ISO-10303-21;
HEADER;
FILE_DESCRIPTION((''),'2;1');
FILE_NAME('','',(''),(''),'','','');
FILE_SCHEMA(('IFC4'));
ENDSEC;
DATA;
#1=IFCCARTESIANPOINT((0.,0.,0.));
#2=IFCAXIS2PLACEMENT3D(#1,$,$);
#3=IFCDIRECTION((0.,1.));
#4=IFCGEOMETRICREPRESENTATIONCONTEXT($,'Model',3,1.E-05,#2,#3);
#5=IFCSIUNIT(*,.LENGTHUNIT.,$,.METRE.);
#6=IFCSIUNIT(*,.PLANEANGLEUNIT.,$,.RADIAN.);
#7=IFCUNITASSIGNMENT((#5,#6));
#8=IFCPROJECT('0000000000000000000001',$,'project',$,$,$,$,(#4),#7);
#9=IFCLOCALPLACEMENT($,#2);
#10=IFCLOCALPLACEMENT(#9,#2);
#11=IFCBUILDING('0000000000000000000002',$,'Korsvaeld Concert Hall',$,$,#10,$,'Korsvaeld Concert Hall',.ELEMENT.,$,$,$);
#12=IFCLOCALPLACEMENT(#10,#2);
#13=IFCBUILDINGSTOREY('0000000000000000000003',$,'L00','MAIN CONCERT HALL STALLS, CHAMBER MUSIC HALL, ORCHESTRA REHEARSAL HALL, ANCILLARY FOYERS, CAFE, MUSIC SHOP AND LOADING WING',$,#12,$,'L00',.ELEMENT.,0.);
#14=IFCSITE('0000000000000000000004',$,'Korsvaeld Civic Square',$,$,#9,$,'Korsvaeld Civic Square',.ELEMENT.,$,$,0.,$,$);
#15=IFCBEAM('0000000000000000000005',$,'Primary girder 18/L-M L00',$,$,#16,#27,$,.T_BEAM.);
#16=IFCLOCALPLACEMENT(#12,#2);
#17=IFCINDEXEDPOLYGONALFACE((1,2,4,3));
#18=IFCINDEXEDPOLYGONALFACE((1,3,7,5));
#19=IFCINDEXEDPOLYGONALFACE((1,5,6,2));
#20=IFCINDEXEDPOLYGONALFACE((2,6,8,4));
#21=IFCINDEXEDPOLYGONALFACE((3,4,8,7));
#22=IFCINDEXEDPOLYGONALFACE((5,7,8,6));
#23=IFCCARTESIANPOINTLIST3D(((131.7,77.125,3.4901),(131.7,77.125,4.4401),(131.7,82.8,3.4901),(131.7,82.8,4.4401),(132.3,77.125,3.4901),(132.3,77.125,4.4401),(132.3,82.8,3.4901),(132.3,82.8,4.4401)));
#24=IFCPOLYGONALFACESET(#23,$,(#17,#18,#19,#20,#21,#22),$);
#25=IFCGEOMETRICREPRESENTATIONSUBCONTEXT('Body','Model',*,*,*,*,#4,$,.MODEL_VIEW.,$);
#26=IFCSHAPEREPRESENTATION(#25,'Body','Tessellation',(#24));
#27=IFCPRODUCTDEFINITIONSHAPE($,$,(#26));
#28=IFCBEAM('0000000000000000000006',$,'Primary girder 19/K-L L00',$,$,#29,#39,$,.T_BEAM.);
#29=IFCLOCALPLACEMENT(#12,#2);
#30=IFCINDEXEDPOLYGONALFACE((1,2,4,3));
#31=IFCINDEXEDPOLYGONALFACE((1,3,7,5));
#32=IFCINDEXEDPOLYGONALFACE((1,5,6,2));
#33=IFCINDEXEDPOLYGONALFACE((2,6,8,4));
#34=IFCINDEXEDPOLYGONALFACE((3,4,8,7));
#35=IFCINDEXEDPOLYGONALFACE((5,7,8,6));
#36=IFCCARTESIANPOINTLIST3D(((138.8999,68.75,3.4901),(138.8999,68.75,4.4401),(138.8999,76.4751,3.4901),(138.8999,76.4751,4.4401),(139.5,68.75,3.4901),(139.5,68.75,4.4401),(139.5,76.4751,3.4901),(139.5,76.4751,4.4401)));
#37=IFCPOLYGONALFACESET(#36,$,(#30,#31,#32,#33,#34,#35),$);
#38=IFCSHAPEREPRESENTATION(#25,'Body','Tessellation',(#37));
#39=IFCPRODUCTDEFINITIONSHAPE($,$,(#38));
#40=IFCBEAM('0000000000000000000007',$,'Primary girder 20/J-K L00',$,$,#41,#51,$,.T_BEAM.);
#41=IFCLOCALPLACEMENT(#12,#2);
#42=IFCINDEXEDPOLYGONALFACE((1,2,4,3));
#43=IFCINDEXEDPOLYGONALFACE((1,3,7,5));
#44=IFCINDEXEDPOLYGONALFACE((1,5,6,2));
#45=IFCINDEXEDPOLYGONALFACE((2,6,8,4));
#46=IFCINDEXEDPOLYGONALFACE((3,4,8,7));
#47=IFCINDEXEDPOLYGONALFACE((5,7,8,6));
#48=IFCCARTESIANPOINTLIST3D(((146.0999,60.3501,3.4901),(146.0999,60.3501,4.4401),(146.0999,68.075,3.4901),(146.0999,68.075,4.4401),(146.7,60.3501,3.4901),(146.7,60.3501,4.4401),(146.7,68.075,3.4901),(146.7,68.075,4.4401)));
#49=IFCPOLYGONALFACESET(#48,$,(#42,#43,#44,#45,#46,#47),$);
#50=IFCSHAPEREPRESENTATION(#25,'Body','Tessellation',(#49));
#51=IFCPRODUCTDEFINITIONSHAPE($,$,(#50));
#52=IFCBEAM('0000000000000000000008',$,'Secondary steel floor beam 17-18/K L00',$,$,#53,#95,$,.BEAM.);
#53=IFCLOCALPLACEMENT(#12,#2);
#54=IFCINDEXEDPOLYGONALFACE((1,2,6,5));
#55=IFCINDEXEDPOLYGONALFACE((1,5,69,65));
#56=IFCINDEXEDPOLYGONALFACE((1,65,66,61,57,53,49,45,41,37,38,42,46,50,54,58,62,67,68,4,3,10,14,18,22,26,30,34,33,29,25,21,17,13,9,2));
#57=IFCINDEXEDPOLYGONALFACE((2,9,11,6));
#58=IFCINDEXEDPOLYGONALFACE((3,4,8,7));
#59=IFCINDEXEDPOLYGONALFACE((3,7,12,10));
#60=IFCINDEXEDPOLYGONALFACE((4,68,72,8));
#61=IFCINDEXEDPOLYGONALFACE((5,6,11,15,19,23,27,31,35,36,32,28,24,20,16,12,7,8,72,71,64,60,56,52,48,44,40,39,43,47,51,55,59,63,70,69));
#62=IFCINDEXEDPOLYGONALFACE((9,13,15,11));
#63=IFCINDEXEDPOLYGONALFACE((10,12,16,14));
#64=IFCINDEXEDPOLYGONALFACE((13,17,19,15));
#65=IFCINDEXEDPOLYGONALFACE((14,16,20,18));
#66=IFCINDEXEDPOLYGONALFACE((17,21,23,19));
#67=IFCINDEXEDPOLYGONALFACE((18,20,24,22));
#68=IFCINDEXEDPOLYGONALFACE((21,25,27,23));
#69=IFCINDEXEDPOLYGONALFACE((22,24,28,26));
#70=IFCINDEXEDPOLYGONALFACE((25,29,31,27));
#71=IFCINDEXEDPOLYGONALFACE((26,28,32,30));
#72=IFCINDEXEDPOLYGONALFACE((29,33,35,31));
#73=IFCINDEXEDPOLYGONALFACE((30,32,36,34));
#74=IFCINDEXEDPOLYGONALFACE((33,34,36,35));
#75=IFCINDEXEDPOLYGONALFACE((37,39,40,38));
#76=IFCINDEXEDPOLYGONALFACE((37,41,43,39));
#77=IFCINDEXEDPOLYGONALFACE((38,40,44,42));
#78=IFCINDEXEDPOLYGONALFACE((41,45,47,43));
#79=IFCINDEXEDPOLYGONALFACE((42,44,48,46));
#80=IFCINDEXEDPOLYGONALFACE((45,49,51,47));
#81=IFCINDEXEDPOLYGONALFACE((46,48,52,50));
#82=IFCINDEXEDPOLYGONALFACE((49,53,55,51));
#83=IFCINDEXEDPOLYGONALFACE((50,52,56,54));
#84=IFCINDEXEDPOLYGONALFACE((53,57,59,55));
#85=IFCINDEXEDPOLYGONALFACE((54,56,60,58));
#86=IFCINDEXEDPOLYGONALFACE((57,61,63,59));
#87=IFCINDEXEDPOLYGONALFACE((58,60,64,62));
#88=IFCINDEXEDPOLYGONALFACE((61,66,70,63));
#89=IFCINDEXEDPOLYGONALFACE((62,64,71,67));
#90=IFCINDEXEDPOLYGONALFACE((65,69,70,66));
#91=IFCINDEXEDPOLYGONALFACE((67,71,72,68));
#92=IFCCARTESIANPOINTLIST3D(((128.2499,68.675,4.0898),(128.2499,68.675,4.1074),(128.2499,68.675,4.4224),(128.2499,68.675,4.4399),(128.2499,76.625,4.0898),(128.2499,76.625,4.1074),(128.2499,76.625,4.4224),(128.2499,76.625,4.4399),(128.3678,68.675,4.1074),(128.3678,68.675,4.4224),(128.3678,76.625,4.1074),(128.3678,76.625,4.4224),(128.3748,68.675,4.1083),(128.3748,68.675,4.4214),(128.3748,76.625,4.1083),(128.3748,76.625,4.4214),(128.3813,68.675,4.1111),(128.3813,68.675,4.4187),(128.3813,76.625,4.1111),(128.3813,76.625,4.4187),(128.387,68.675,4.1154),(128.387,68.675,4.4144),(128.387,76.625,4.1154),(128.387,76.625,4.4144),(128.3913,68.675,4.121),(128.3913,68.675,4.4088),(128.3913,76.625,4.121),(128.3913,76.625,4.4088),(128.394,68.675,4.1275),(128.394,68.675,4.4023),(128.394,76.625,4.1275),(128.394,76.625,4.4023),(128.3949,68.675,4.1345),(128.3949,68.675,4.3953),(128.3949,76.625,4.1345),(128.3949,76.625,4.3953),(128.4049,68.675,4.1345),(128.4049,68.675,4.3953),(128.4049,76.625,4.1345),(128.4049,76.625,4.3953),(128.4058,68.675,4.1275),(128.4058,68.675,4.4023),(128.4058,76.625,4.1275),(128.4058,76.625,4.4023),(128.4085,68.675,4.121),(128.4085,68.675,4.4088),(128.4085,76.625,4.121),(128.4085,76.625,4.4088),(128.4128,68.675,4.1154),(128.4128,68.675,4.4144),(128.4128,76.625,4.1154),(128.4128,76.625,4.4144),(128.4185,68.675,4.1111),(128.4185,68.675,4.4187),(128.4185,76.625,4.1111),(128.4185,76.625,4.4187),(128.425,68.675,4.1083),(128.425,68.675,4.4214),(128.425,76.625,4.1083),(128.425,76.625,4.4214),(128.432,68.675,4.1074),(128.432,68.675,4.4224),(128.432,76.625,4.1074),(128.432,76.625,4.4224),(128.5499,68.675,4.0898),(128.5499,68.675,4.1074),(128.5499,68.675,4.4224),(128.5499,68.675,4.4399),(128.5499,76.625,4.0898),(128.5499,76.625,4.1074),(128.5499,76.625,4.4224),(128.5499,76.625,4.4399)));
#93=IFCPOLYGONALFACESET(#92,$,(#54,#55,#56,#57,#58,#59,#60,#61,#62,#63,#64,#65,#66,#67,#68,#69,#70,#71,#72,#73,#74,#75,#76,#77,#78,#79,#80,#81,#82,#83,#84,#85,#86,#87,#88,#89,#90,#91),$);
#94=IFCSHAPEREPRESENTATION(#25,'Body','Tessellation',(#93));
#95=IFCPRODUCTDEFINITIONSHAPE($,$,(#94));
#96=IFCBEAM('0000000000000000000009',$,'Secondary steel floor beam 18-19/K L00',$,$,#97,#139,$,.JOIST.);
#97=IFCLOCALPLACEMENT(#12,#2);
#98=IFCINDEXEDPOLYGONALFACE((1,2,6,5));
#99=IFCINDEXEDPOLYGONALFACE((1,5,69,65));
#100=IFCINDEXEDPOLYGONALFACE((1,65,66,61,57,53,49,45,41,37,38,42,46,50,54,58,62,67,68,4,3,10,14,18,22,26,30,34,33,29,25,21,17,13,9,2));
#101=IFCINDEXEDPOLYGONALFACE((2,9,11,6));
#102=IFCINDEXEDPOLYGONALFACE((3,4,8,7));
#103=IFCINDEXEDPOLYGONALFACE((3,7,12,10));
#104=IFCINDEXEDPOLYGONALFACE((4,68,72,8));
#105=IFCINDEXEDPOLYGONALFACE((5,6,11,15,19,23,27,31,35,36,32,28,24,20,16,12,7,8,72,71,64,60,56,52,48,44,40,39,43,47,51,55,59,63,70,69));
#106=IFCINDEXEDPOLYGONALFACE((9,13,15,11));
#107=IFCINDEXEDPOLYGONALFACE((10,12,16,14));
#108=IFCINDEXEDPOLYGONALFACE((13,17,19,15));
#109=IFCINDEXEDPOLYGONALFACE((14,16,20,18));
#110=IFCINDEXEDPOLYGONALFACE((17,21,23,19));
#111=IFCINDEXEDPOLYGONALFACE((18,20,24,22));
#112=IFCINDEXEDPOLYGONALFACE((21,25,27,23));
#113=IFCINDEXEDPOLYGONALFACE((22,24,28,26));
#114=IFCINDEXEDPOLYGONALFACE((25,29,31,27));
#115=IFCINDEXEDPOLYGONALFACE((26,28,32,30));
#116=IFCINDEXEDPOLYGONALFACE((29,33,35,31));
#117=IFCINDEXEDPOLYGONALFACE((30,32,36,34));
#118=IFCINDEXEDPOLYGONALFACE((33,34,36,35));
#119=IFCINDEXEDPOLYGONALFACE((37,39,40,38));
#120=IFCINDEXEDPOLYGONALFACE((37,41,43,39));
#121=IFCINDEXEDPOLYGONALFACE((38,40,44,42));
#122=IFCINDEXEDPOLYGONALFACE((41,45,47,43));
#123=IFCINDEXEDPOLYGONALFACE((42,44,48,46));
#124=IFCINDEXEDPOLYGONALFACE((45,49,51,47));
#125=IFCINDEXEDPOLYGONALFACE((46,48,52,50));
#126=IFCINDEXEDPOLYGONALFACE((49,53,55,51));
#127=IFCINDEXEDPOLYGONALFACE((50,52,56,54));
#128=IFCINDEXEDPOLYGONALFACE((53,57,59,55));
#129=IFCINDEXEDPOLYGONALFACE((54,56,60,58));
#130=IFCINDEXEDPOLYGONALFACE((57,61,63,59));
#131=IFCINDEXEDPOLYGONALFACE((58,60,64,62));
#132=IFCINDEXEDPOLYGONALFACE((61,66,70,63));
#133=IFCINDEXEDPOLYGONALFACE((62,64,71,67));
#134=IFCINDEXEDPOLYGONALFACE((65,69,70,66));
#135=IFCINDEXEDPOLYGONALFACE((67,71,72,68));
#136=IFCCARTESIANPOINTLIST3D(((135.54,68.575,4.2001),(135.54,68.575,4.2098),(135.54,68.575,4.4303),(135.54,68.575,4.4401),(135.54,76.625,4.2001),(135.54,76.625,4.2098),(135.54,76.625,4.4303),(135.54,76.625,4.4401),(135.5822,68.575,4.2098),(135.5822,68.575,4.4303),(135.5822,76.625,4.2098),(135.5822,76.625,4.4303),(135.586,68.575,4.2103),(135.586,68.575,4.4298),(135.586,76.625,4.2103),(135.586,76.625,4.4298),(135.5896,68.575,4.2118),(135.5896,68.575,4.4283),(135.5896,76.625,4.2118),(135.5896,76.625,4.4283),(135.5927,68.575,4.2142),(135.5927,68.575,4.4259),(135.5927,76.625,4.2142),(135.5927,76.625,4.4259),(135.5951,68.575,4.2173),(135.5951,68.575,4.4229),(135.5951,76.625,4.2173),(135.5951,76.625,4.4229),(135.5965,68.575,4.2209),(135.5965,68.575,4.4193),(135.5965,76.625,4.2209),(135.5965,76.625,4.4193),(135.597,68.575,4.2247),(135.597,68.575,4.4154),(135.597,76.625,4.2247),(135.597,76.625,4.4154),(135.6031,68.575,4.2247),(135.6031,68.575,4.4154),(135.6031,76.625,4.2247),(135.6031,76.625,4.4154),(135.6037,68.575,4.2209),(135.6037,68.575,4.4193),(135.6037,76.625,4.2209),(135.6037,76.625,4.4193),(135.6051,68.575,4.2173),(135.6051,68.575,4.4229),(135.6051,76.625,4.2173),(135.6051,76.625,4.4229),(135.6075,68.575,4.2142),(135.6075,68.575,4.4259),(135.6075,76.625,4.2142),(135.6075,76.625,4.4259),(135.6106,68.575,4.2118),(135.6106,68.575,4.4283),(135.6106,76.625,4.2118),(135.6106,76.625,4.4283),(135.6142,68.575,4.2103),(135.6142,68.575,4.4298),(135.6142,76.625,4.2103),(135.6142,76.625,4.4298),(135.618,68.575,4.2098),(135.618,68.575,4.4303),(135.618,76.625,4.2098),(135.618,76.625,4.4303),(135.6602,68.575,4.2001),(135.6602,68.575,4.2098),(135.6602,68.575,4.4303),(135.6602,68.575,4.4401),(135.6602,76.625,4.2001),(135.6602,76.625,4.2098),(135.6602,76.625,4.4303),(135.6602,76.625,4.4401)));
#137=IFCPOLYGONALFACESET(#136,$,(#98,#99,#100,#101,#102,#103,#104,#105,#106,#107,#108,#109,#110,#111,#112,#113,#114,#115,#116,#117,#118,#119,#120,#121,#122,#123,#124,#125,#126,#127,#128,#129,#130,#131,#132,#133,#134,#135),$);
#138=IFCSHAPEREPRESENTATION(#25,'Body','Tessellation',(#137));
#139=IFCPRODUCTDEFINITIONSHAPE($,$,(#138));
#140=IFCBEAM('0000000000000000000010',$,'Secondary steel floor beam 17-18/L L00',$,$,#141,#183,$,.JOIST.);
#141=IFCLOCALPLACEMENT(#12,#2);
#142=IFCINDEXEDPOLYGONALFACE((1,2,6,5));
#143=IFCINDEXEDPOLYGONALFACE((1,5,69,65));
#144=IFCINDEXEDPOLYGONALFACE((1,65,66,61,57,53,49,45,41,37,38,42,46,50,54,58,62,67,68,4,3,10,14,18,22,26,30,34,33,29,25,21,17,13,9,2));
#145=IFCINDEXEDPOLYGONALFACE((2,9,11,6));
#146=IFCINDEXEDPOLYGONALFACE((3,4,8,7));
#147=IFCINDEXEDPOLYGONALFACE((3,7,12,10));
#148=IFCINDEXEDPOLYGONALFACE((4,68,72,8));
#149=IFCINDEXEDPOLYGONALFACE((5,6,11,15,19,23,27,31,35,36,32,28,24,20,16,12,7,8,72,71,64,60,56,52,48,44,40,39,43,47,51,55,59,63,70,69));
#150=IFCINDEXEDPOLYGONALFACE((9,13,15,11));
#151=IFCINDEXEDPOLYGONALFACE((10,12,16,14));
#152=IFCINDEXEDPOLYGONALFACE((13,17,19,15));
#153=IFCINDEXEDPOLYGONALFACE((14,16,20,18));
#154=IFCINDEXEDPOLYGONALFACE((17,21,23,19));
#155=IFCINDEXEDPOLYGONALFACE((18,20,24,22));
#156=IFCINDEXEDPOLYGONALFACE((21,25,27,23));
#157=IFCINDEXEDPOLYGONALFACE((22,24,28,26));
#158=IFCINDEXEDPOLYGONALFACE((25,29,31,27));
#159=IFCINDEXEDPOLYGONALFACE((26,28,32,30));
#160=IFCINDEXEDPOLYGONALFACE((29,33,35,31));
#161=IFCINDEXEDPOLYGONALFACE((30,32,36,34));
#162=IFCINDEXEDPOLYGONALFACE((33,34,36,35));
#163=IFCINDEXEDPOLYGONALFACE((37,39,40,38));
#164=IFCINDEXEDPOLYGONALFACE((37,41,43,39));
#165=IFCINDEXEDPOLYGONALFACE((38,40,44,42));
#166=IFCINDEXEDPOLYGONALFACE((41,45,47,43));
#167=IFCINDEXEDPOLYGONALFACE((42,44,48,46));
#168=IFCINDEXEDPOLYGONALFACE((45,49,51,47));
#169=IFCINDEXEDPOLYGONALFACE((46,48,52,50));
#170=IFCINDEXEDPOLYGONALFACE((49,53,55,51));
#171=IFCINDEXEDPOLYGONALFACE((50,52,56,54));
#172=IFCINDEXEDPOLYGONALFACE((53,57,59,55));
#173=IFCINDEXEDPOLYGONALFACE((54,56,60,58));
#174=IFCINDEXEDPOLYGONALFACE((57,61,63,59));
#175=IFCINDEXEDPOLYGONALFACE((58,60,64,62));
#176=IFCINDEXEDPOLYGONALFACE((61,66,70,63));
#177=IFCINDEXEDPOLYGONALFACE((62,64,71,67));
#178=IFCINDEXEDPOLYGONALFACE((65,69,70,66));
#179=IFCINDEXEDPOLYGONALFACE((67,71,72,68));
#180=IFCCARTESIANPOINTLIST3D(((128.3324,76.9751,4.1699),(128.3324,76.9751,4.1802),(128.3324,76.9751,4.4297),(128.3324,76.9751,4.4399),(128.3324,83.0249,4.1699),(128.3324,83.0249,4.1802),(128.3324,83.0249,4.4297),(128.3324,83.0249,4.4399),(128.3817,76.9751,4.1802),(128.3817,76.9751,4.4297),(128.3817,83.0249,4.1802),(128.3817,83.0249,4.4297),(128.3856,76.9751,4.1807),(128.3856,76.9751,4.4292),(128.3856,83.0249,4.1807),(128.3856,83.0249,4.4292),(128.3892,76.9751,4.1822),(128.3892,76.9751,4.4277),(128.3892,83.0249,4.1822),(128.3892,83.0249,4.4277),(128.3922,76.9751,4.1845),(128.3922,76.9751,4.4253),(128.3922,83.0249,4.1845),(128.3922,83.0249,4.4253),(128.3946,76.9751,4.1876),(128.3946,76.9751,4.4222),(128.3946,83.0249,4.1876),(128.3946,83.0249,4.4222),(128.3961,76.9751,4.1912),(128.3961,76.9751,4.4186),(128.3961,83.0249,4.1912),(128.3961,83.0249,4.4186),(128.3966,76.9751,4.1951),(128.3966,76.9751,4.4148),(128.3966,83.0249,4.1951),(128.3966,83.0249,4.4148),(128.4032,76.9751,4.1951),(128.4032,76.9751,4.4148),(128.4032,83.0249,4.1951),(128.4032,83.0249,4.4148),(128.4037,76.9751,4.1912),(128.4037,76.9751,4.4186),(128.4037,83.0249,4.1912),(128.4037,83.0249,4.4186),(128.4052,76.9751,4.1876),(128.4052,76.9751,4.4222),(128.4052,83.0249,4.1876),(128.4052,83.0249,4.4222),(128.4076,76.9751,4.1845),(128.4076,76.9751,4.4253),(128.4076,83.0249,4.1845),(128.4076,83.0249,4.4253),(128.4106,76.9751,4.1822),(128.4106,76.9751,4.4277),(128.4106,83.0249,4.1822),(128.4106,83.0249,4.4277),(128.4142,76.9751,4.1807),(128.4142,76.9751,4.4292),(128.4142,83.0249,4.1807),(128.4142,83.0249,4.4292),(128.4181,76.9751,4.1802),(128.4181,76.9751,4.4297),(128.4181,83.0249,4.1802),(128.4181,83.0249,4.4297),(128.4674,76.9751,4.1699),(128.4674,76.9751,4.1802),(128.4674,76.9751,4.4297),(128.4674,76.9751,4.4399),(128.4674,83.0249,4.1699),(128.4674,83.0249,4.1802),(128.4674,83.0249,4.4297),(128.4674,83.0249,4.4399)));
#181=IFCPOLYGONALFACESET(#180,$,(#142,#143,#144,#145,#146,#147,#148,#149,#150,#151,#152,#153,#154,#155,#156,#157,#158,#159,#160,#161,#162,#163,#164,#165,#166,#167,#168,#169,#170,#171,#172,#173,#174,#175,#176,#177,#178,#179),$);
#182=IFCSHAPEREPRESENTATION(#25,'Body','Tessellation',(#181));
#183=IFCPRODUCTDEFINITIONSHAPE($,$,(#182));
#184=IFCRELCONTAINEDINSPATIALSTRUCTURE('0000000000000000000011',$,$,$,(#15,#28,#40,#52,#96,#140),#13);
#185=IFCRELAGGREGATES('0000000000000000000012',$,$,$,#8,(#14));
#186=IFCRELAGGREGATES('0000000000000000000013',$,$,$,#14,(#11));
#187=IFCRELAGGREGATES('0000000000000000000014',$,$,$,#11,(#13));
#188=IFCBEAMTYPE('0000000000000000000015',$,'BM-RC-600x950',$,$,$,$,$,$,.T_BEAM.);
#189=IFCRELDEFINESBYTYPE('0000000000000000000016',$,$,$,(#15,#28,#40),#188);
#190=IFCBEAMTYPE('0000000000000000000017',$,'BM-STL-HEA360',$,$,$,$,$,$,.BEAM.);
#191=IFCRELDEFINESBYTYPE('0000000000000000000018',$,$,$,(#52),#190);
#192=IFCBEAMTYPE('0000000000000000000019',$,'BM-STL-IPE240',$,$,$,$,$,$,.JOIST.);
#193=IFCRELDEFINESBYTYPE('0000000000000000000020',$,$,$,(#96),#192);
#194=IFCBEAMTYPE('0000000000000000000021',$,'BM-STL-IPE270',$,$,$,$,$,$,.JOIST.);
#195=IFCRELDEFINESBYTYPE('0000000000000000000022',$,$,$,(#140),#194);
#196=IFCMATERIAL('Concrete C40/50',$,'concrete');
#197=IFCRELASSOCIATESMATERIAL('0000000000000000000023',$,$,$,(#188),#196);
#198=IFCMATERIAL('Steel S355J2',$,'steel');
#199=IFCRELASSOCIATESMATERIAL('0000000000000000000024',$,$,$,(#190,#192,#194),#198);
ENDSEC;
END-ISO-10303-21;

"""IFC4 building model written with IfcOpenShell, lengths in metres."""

from ifc_helpers import new_model, si_unit, direction, frame, origin, origin_2d, place, context, subcontext, project, spatial, rectangle, i_section, extrude, material, material_profile, profile_set, type_object, element, save


model = new_model("IFC4")

# Units and contexts
model_context = context("Model", 3, precision=1e-05, world=origin(), true_north=direction((0.0, 1.0)))
body_context = subcontext(model_context, "Body", "Model", "MODEL_VIEW")
ifc_project = project(units=[si_unit("LENGTHUNIT", "METRE"), si_unit("PLANEANGLEUNIT", "RADIAN")], contexts=[model_context])

# Site, building, storey
site_placement = place(None, origin())
site = spatial("IfcSite", under=ifc_project, at=site_placement, Name="Korsvaeld Civic Square", LongName="Korsvaeld Civic Square", CompositionType="ELEMENT", RefElevation=0.0)
building_placement = place(site_placement, origin())
building = spatial("IfcBuilding", under=site, at=building_placement, Name="Korsvaeld Concert Hall", LongName="Korsvaeld Concert Hall", CompositionType="ELEMENT")
storey_placement = place(building_placement, origin())
storey = spatial("IfcBuildingStorey", under=building, at=storey_placement, Name="L00", Description="MAIN CONCERT HALL STALLS, CHAMBER MUSIC HALL, ORCHESTRA REHEARSAL HALL, ANCILLARY FOYERS, CAFE, MUSIC SHOP AND LOADING WING", LongName="L00", CompositionType="ELEMENT", Elevation=0.0)

# Shared definitions
ifc_material_1 = material(Name="Concrete C40/50", Category="concrete")

# Beams
ifc_material_profile_1 = material_profile(ifc_material_1, rectangle(XDim=0.6001, YDim=0.95, at=origin_2d()), Name="RC 600x950")
ifc_profile_set_1 = profile_set([ifc_material_profile_1], Name="Concrete C40/50")
beam_type_1 = type_object("IfcBeamType", Name="BM-RC-600x950", PredefinedType="T_BEAM", material=ifc_profile_set_1)
beam_1_placement = place(storey_placement, frame((132.0, 77.125, 3.9651), z_axis=(0.0, 1.0, 0.0), x_axis=(-1.0, 0.0, 0.0)))
element("IfcBeam", 1, at=beam_1_placement, inside=storey, type_object=beam_type_1, Name="Primary girder 18/L-M L00", PredefinedType="T_BEAM", context=body_context, shape_type="SweptSolid", body=[
    extrude(rectangle(XDim=0.6001, YDim=0.95, at=origin_2d()), origin(), (0.0, 0.0, 1.0), 5.675),
])
beam_2_placement = place(storey_placement, frame((139.2, 68.75, 3.9651), z_axis=(0.0, 1.0, 0.0), x_axis=(-1.0, 0.0, 0.0)))
element("IfcBeam", 2, at=beam_2_placement, inside=storey, type_object=beam_type_1, Name="Primary girder 19/K-L L00", PredefinedType="T_BEAM", context=body_context, shape_type="SweptSolid", body=[
    extrude(rectangle(XDim=0.6001, YDim=0.95, at=origin_2d()), origin(), (0.0, 0.0, 1.0), 7.7251),
])
beam_3_placement = place(storey_placement, frame((146.3999, 60.3501, 3.9651), z_axis=(0.0, 1.0, 0.0), x_axis=(-1.0, 0.0, 0.0)))
element("IfcBeam", 3, at=beam_3_placement, inside=storey, type_object=beam_type_1, Name="Primary girder 20/J-K L00", PredefinedType="T_BEAM", context=body_context, shape_type="SweptSolid", body=[
    extrude(rectangle(XDim=0.6001, YDim=0.95, at=origin_2d()), origin(), (0.0, 0.0, 1.0), 7.7249),
])
ifc_material_2 = material(Name="Steel S355J2", Category="steel")
ifc_material_profile_2 = material_profile(ifc_material_2, i_section(OverallWidth=0.3, OverallDepth=0.3501, WebThickness=0.01, FlangeThickness=0.0176, FilletRadius=0.0271, at=origin_2d()), Name="HEA 360")
ifc_profile_set_2 = profile_set([ifc_material_profile_2], Name="Steel S355J2")
beam_type_2 = type_object("IfcBeamType", Name="BM-STL-HEA360", PredefinedType="BEAM", material=ifc_profile_set_2)
beam_4_placement = place(storey_placement, frame((128.3999, 68.675, 4.2649), z_axis=(0.0, 1.0, 0.0), x_axis=(-1.0, 0.0, 0.0)))
element("IfcBeam", 4, at=beam_4_placement, inside=storey, type_object=beam_type_2, Name="Secondary steel floor beam 17-18/K L00", PredefinedType="BEAM", context=body_context, shape_type="SweptSolid", body=[
    extrude(i_section(OverallWidth=0.3, OverallDepth=0.3501, WebThickness=0.01, FlangeThickness=0.0176, FilletRadius=0.0271, at=origin_2d()), origin(), (0.0, 0.0, 1.0), 7.95),
])
ifc_material_profile_3 = material_profile(ifc_material_2, i_section(OverallWidth=0.1201, OverallDepth=0.24, WebThickness=0.0061, FlangeThickness=0.0098, FilletRadius=0.0149, at=origin_2d()), Name="IPE 240")
ifc_profile_set_3 = profile_set([ifc_material_profile_3], Name="Steel S355J2")
beam_type_3 = type_object("IfcBeamType", Name="BM-STL-IPE240", PredefinedType="JOIST", material=ifc_profile_set_3)
beam_5_placement = place(storey_placement, frame((135.6001, 68.575, 4.3201), z_axis=(0.0, 1.0, 0.0), x_axis=(-1.0, 0.0, 0.0)))
element("IfcBeam", 5, at=beam_5_placement, inside=storey, type_object=beam_type_3, Name="Secondary steel floor beam 18-19/K L00", PredefinedType="JOIST", context=body_context, shape_type="SweptSolid", body=[
    extrude(i_section(OverallWidth=0.1201, OverallDepth=0.24, WebThickness=0.0061, FlangeThickness=0.0098, FilletRadius=0.0149, at=origin_2d()), origin(), (0.0, 0.0, 1.0), 8.05),
])
ifc_material_profile_4 = material_profile(ifc_material_2, i_section(OverallWidth=0.135, OverallDepth=0.27, WebThickness=0.0066, FlangeThickness=0.0103, FilletRadius=0.0149, at=origin_2d()), Name="IPE 270")
ifc_profile_set_4 = profile_set([ifc_material_profile_4], Name="Steel S355J2")
beam_type_4 = type_object("IfcBeamType", Name="BM-STL-IPE270", PredefinedType="JOIST", material=ifc_profile_set_4)
beam_6_placement = place(storey_placement, frame((128.3999, 76.9751, 4.3049), z_axis=(0.0, 1.0, 0.0), x_axis=(-1.0, 0.0, 0.0)))
element("IfcBeam", 6, at=beam_6_placement, inside=storey, type_object=beam_type_4, Name="Secondary steel floor beam 17-18/L L00", PredefinedType="JOIST", context=body_context, shape_type="SweptSolid", body=[
    extrude(i_section(OverallWidth=0.135, OverallDepth=0.27, WebThickness=0.0066, FlangeThickness=0.0103, FilletRadius=0.0149, at=origin_2d()), origin(), (0.0, 0.0, 1.0), 6.0498),
])

save(model, "model.ifc")
